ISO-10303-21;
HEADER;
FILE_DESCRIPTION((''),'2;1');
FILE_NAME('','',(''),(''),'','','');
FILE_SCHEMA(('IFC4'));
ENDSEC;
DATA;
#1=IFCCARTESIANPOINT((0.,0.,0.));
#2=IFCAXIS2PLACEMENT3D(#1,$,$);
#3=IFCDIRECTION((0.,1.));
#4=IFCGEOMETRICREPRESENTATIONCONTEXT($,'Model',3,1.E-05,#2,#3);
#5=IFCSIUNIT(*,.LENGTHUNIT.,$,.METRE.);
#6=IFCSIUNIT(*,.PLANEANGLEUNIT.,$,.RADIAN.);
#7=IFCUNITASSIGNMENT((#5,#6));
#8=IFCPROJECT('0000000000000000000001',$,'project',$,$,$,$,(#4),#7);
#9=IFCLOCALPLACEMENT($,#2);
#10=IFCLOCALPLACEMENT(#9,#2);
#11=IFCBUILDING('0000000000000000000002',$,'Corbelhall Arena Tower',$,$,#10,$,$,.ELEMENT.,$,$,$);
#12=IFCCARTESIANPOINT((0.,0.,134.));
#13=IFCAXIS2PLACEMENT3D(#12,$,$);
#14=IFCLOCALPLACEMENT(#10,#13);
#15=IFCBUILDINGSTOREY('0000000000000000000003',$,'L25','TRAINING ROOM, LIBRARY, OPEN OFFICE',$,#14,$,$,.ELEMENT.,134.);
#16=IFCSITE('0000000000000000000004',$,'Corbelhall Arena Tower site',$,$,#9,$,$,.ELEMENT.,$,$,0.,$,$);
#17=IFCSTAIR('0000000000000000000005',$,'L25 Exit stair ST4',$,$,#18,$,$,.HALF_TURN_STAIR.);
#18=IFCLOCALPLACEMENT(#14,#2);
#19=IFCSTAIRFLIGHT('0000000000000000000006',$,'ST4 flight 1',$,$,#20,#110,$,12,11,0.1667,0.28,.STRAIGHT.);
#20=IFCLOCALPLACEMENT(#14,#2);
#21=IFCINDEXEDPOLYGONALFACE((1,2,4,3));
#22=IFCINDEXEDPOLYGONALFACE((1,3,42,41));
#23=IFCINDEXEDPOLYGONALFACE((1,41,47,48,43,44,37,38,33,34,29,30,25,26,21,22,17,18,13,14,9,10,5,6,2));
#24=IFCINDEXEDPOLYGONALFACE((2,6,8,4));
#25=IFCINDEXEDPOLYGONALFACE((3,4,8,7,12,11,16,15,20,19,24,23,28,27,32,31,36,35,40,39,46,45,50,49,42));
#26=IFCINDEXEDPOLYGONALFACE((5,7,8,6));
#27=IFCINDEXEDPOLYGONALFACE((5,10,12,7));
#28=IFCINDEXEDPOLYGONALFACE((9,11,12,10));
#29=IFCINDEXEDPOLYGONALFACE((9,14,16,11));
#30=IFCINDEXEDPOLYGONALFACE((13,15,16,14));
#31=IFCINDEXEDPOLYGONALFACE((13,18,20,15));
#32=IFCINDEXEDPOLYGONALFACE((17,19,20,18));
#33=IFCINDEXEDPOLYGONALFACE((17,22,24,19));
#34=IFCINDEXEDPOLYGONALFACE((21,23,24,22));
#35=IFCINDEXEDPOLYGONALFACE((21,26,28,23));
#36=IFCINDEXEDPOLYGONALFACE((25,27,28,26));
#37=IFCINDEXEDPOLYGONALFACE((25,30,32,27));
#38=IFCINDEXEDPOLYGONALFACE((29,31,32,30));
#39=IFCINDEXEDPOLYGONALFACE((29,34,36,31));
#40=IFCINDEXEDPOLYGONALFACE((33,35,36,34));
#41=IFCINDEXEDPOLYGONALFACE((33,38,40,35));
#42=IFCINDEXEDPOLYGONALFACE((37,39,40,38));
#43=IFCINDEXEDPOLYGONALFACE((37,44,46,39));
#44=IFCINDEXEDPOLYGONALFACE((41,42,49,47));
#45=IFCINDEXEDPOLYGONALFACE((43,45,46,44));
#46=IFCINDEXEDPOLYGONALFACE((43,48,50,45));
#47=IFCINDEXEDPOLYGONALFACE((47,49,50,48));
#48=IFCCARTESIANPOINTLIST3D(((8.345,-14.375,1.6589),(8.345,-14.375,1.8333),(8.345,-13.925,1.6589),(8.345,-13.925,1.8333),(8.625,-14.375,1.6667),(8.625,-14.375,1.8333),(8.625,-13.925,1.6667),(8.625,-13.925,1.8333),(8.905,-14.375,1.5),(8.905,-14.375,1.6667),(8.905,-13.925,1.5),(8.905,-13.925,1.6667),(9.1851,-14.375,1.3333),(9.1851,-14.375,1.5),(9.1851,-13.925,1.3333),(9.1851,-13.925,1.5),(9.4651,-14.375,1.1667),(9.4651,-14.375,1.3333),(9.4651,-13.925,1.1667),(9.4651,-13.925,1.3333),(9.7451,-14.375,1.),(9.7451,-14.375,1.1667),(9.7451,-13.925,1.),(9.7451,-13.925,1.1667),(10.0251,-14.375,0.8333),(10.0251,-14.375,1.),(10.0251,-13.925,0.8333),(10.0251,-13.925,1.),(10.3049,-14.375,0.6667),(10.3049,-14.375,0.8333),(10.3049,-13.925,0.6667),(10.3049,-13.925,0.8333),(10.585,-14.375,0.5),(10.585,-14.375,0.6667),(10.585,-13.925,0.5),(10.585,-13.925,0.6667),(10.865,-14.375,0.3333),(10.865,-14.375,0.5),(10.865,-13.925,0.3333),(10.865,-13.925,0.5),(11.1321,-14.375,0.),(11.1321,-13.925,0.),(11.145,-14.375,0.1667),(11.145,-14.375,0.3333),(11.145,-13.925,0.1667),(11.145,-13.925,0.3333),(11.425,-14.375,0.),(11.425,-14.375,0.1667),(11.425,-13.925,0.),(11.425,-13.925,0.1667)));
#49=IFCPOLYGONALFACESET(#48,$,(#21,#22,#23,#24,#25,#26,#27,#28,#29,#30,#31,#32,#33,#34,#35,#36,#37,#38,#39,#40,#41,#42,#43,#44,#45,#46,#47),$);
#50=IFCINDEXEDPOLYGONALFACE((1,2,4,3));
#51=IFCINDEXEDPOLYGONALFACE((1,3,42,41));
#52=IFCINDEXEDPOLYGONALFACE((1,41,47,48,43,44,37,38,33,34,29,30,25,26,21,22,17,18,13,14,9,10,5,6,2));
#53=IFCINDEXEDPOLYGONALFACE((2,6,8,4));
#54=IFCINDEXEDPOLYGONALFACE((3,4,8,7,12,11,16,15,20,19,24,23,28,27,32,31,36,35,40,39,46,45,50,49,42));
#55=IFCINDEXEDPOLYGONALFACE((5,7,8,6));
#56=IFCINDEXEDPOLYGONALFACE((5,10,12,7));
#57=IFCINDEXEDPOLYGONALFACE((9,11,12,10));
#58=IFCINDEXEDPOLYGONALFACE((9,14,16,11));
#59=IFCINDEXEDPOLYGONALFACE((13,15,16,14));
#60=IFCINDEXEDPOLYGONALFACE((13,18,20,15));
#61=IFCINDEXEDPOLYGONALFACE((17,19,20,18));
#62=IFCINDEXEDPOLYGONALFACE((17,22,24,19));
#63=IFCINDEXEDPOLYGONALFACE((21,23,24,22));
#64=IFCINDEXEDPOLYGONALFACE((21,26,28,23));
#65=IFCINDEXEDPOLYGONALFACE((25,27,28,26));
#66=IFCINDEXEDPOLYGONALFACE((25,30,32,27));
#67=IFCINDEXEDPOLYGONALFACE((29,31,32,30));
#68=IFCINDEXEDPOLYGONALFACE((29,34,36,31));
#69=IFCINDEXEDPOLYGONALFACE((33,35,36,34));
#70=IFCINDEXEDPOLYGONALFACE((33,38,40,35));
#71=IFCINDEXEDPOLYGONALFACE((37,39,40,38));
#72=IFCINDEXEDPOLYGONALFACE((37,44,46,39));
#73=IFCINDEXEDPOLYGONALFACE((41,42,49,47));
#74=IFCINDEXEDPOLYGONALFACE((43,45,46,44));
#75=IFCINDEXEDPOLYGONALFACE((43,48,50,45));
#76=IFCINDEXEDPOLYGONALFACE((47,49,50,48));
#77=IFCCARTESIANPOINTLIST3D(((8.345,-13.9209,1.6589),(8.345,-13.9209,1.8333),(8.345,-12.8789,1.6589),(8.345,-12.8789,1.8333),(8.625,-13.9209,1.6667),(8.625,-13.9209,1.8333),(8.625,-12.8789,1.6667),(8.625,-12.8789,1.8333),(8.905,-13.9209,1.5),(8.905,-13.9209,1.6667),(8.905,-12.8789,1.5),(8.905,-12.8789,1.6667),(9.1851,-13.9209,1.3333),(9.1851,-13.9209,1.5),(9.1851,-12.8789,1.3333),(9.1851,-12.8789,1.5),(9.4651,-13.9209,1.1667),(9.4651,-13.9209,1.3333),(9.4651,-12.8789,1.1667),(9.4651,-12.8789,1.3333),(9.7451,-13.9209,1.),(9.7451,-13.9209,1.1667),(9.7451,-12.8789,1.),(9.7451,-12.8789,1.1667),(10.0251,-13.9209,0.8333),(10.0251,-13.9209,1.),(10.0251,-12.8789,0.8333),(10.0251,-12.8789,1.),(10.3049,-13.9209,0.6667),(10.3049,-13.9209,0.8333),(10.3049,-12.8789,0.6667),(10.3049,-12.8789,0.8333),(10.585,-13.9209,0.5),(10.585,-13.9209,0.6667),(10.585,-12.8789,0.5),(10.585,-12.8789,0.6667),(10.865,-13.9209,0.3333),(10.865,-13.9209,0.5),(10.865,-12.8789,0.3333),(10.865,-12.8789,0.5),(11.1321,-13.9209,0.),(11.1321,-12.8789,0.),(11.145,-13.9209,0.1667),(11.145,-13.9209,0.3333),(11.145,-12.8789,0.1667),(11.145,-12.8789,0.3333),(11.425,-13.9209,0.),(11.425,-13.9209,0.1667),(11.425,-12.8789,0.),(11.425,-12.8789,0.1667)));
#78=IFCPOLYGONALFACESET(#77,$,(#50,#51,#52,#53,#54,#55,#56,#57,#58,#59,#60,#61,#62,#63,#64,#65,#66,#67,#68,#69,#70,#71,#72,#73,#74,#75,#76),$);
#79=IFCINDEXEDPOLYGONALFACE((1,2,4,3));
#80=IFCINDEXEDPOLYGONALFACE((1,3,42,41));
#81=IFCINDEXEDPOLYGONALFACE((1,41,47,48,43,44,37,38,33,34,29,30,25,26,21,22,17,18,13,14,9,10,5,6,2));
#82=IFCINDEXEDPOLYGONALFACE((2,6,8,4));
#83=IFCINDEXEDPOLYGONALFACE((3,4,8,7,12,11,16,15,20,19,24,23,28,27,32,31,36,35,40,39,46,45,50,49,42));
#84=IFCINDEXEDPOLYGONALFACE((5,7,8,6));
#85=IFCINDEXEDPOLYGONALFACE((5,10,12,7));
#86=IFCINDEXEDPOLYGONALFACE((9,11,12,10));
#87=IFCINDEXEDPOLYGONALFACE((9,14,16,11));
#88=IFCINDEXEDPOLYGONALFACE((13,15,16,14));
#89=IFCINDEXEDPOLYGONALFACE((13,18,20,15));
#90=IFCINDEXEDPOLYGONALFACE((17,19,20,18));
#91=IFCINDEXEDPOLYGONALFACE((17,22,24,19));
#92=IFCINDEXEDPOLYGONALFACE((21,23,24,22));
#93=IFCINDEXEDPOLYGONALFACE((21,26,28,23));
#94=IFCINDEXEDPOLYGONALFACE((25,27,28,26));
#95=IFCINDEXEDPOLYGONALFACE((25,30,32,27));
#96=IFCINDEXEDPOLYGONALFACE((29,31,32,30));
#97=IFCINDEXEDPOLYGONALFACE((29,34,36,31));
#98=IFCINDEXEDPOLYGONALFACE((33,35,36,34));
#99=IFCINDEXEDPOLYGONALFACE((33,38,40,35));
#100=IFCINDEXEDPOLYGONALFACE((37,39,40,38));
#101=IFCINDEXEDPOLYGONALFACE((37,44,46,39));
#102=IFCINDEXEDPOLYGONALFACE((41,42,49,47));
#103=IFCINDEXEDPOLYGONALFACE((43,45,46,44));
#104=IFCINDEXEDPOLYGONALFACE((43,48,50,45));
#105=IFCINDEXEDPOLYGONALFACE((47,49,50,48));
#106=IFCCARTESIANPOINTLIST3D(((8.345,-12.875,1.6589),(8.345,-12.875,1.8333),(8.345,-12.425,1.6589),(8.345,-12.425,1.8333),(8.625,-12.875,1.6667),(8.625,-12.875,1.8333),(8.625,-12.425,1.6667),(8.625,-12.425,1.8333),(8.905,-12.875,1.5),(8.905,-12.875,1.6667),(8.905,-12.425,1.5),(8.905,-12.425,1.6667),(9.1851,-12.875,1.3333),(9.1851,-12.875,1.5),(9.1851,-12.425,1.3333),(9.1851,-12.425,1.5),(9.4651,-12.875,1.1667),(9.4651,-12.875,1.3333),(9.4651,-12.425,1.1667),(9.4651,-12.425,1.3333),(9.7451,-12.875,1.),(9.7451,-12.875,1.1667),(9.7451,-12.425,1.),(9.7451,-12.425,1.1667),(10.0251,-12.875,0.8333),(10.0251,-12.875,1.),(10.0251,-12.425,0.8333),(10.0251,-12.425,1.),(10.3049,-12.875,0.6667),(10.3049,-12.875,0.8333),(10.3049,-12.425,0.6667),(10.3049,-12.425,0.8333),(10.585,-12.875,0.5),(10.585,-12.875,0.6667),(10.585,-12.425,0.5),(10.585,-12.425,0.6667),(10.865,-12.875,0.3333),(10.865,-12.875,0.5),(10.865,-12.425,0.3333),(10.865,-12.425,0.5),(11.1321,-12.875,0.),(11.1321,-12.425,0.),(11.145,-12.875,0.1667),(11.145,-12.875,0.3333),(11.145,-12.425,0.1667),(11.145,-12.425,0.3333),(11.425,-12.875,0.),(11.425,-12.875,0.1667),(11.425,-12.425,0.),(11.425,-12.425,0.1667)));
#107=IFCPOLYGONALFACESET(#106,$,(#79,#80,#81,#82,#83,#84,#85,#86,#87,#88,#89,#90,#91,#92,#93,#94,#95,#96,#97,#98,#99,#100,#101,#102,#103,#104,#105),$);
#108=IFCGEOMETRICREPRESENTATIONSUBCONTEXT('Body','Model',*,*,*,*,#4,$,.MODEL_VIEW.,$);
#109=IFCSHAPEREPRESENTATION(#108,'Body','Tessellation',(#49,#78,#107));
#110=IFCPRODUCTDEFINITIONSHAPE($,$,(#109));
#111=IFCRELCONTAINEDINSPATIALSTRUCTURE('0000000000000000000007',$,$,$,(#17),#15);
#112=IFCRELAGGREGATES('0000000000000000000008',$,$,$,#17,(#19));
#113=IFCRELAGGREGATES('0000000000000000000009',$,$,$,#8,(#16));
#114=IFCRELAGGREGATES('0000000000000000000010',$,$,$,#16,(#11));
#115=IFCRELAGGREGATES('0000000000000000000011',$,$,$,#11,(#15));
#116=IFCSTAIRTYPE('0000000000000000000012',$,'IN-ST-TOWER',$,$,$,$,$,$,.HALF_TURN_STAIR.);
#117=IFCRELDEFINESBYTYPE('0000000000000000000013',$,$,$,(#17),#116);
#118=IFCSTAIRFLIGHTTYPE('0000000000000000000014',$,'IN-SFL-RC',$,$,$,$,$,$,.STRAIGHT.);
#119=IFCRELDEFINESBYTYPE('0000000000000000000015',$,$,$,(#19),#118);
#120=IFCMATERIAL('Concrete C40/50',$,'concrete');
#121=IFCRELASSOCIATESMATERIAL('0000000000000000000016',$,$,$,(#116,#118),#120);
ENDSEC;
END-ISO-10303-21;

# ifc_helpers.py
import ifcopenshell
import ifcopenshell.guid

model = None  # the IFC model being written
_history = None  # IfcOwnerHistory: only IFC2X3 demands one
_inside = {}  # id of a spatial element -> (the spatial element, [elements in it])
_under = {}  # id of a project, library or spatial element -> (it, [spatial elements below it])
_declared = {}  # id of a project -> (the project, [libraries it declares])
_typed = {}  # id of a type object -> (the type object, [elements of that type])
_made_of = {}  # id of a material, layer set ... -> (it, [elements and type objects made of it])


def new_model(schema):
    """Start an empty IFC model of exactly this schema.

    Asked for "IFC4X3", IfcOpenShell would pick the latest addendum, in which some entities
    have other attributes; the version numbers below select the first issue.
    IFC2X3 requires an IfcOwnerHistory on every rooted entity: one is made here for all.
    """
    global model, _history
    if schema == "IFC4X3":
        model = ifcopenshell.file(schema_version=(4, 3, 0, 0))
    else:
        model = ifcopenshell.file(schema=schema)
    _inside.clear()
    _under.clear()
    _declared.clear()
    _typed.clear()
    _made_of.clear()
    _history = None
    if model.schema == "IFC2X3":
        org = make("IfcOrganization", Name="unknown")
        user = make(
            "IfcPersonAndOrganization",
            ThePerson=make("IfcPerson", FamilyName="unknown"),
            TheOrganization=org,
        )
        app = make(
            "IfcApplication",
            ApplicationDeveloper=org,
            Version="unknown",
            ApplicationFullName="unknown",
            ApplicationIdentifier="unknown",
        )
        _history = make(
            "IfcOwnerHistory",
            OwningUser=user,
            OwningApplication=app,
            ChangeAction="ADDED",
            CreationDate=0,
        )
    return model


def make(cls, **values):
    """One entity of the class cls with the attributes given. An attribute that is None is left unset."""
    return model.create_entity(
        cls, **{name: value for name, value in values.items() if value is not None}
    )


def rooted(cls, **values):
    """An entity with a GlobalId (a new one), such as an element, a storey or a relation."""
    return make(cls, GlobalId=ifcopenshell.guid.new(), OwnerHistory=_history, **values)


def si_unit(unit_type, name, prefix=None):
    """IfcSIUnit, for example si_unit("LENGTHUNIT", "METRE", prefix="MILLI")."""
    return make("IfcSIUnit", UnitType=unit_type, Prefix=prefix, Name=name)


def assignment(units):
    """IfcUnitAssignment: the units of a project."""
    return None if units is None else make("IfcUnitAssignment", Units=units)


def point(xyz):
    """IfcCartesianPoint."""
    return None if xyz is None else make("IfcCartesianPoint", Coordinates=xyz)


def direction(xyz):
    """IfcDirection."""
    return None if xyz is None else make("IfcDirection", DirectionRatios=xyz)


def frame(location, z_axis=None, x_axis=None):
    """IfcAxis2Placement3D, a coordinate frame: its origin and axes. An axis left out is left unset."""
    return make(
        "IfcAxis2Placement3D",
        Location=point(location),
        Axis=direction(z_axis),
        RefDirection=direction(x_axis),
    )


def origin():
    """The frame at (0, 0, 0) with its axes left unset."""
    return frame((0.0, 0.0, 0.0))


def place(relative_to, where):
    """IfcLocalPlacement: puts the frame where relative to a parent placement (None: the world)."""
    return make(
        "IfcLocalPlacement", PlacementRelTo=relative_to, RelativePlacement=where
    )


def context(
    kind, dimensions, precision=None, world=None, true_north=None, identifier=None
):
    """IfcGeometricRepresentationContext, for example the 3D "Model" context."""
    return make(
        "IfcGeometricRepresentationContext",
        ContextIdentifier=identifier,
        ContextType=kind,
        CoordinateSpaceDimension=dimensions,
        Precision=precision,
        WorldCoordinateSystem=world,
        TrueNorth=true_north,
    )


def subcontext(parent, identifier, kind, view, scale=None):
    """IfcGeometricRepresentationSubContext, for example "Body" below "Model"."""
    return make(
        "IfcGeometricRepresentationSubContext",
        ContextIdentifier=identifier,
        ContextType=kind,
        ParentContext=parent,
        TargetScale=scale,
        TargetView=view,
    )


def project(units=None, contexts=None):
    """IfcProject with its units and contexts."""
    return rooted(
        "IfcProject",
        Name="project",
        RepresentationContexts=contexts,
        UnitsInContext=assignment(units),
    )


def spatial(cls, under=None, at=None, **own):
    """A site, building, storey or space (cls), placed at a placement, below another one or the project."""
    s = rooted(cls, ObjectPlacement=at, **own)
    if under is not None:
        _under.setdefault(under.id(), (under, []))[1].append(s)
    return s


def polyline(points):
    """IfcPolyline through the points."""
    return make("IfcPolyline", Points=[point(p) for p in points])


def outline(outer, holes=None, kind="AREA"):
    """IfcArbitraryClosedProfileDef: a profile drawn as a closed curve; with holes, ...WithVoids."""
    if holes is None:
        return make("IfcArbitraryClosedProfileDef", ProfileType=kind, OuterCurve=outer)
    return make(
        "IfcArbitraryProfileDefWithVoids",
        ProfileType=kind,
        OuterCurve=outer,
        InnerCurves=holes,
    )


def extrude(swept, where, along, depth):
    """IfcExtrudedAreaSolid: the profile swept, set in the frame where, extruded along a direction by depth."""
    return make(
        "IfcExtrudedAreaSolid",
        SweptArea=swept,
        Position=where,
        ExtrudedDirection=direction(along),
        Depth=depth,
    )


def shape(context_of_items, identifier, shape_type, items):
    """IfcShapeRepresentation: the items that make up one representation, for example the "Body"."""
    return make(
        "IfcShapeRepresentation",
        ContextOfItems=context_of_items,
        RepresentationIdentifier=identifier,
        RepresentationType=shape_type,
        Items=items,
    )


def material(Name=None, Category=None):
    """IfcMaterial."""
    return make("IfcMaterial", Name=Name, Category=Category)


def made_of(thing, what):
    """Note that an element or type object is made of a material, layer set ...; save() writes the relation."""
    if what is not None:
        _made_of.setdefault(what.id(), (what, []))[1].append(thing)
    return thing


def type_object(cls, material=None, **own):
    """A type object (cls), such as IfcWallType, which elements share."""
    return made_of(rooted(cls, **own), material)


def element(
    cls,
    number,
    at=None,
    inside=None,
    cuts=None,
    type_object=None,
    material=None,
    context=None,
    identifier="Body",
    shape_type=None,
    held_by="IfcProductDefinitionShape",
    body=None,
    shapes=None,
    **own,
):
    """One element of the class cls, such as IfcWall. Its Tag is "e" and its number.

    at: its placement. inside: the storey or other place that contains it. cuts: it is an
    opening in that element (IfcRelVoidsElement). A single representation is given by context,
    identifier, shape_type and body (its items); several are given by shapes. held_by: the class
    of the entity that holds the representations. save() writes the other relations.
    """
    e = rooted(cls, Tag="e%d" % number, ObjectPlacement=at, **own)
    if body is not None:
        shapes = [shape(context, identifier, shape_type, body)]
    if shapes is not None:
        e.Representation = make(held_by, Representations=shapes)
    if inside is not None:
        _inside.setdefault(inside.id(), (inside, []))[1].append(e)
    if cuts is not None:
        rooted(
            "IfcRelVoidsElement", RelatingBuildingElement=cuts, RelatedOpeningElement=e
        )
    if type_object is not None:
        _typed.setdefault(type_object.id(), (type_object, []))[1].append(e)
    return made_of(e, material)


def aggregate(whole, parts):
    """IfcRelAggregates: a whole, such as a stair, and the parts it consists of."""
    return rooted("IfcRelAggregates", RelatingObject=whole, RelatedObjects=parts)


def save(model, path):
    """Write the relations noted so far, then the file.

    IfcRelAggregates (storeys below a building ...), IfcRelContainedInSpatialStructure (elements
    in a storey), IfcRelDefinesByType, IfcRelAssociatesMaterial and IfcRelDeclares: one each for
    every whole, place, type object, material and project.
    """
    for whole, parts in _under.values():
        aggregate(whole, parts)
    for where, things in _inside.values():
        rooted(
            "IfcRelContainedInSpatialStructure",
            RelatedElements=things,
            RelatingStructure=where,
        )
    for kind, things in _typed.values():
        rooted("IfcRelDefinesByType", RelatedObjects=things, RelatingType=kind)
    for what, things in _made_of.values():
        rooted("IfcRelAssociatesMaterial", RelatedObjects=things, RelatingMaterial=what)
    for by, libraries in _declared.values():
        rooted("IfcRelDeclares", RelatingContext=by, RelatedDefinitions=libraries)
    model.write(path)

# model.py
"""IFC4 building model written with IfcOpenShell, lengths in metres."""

from ifc_helpers import new_model, si_unit, direction, frame, origin, place, context, subcontext, project, spatial, polyline, outline, extrude, material, type_object, element, aggregate, save


model = new_model("IFC4")

# Units and contexts
model_context = context("Model", 3, precision=1e-05, world=origin(), true_north=direction((0.0, 1.0)))
body_context = subcontext(model_context, "Body", "Model", "MODEL_VIEW")
ifc_project = project(units=[si_unit("LENGTHUNIT", "METRE"), si_unit("PLANEANGLEUNIT", "RADIAN")], contexts=[model_context])

# Site, building, storey
site_placement = place(None, origin())
site = spatial("IfcSite", under=ifc_project, at=site_placement, Name="Corbelhall Arena Tower site", CompositionType="ELEMENT", RefElevation=0.0)
building_placement = place(site_placement, origin())
building = spatial("IfcBuilding", under=site, at=building_placement, Name="Corbelhall Arena Tower", CompositionType="ELEMENT")
storey_placement = place(building_placement, frame((0.0, 0.0, 134.0)))
storey = spatial("IfcBuildingStorey", under=building, at=storey_placement, Name="L25", Description="TRAINING ROOM, LIBRARY, OPEN OFFICE", CompositionType="ELEMENT", Elevation=134.0)

# Shared definitions
ifc_material_1 = material(Name="Concrete C40/50", Category="concrete")

# Stair, stair flight
stair_type = type_object("IfcStairType", Name="IN-ST-TOWER", PredefinedType="HALF_TURN_STAIR", material=ifc_material_1)
stair_placement = place(storey_placement, origin())
stair = element("IfcStair", 1, at=stair_placement, inside=storey, type_object=stair_type, Name="L25 Exit stair ST4", PredefinedType="HALF_TURN_STAIR")
stair_flight_type = type_object("IfcStairFlightType", Name="IN-SFL-RC", PredefinedType="STRAIGHT", material=ifc_material_1)
stair_flight_1_placement = place(storey_placement, frame((11.425, -13.3999, 0.0), z_axis=(0.0, 0.0, 1.0), x_axis=(-1.0, 0.0, 0.0)))
stair_flight_1 = element("IfcStairFlight", 2, at=stair_flight_1_placement, type_object=stair_flight_type, Name="ST4 flight 1", NumberOfRisers=12, NumberOfTreads=11, PredefinedType="STRAIGHT", RiserHeight=0.1667, TreadLength=0.28, context=body_context, shape_type="SweptSolid", body=[
    extrude(outline(polyline([(0.0, 0.0), (0.0, 0.1667), (0.28, 0.1667), (0.28, 0.3333), (0.5601, 0.3333), (0.5601, 0.5), (0.8401, 0.5), (0.8401, 0.6667), (1.1201, 0.6667), (1.1201, 0.8333), (1.3999, 0.8333), (1.3999, 1.0), (1.6799, 1.0), (1.6799, 1.1667), (1.96, 1.1667), (1.96, 1.3333), (2.24, 1.3333), (2.24, 1.5), (2.52, 1.5), (2.52, 1.6667), (2.8, 1.6667), (2.8, 1.8333), (3.0801, 1.8333), (3.0801, 2.0), (3.0801, 1.6589), (0.293, 0.0), (0.0, 0.0)])), frame((0.0, 0.9751, 0.0), z_axis=(0.0, -1.0, 0.0), x_axis=(1.0, 0.0, 0.0)), (0.0, 0.0, 1.0), 0.45),
    extrude(outline(polyline([(0.0, 0.0), (0.0, 0.1667), (0.28, 0.1667), (0.28, 0.3333), (0.5601, 0.3333), (0.5601, 0.5), (0.8401, 0.5), (0.8401, 0.6667), (1.1201, 0.6667), (1.1201, 0.8333), (1.3999, 0.8333), (1.3999, 1.0), (1.6799, 1.0), (1.6799, 1.1667), (1.96, 1.1667), (1.96, 1.3333), (2.24, 1.3333), (2.24, 1.5), (2.52, 1.5), (2.52, 1.6667), (2.8, 1.6667), (2.8, 1.8333), (3.0801, 1.8333), (3.0801, 2.0), (3.0801, 1.6589), (0.293, 0.0), (0.0, 0.0)])), frame((0.0, 0.521, 0.0), z_axis=(0.0, -1.0, 0.0), x_axis=(1.0, 0.0, 0.0)), (0.0, 0.0, 1.0), 1.042),
    extrude(outline(polyline([(0.0, 0.0), (0.0, 0.1667), (0.28, 0.1667), (0.28, 0.3333), (0.5601, 0.3333), (0.5601, 0.5), (0.8401, 0.5), (0.8401, 0.6667), (1.1201, 0.6667), (1.1201, 0.8333), (1.3999, 0.8333), (1.3999, 1.0), (1.6799, 1.0), (1.6799, 1.1667), (1.96, 1.1667), (1.96, 1.3333), (2.24, 1.3333), (2.24, 1.5), (2.52, 1.5), (2.52, 1.6667), (2.8, 1.6667), (2.8, 1.8333), (3.0801, 1.8333), (3.0801, 2.0), (3.0801, 1.6589), (0.293, 0.0), (0.0, 0.0)])), frame((0.0, -0.5249, 0.0), z_axis=(0.0, -1.0, 0.0), x_axis=(1.0, 0.0, 0.0)), (0.0, 0.0, 1.0), 0.45),
])
aggregate(stair, [stair_flight_1])

save(model, "model.ifc")
